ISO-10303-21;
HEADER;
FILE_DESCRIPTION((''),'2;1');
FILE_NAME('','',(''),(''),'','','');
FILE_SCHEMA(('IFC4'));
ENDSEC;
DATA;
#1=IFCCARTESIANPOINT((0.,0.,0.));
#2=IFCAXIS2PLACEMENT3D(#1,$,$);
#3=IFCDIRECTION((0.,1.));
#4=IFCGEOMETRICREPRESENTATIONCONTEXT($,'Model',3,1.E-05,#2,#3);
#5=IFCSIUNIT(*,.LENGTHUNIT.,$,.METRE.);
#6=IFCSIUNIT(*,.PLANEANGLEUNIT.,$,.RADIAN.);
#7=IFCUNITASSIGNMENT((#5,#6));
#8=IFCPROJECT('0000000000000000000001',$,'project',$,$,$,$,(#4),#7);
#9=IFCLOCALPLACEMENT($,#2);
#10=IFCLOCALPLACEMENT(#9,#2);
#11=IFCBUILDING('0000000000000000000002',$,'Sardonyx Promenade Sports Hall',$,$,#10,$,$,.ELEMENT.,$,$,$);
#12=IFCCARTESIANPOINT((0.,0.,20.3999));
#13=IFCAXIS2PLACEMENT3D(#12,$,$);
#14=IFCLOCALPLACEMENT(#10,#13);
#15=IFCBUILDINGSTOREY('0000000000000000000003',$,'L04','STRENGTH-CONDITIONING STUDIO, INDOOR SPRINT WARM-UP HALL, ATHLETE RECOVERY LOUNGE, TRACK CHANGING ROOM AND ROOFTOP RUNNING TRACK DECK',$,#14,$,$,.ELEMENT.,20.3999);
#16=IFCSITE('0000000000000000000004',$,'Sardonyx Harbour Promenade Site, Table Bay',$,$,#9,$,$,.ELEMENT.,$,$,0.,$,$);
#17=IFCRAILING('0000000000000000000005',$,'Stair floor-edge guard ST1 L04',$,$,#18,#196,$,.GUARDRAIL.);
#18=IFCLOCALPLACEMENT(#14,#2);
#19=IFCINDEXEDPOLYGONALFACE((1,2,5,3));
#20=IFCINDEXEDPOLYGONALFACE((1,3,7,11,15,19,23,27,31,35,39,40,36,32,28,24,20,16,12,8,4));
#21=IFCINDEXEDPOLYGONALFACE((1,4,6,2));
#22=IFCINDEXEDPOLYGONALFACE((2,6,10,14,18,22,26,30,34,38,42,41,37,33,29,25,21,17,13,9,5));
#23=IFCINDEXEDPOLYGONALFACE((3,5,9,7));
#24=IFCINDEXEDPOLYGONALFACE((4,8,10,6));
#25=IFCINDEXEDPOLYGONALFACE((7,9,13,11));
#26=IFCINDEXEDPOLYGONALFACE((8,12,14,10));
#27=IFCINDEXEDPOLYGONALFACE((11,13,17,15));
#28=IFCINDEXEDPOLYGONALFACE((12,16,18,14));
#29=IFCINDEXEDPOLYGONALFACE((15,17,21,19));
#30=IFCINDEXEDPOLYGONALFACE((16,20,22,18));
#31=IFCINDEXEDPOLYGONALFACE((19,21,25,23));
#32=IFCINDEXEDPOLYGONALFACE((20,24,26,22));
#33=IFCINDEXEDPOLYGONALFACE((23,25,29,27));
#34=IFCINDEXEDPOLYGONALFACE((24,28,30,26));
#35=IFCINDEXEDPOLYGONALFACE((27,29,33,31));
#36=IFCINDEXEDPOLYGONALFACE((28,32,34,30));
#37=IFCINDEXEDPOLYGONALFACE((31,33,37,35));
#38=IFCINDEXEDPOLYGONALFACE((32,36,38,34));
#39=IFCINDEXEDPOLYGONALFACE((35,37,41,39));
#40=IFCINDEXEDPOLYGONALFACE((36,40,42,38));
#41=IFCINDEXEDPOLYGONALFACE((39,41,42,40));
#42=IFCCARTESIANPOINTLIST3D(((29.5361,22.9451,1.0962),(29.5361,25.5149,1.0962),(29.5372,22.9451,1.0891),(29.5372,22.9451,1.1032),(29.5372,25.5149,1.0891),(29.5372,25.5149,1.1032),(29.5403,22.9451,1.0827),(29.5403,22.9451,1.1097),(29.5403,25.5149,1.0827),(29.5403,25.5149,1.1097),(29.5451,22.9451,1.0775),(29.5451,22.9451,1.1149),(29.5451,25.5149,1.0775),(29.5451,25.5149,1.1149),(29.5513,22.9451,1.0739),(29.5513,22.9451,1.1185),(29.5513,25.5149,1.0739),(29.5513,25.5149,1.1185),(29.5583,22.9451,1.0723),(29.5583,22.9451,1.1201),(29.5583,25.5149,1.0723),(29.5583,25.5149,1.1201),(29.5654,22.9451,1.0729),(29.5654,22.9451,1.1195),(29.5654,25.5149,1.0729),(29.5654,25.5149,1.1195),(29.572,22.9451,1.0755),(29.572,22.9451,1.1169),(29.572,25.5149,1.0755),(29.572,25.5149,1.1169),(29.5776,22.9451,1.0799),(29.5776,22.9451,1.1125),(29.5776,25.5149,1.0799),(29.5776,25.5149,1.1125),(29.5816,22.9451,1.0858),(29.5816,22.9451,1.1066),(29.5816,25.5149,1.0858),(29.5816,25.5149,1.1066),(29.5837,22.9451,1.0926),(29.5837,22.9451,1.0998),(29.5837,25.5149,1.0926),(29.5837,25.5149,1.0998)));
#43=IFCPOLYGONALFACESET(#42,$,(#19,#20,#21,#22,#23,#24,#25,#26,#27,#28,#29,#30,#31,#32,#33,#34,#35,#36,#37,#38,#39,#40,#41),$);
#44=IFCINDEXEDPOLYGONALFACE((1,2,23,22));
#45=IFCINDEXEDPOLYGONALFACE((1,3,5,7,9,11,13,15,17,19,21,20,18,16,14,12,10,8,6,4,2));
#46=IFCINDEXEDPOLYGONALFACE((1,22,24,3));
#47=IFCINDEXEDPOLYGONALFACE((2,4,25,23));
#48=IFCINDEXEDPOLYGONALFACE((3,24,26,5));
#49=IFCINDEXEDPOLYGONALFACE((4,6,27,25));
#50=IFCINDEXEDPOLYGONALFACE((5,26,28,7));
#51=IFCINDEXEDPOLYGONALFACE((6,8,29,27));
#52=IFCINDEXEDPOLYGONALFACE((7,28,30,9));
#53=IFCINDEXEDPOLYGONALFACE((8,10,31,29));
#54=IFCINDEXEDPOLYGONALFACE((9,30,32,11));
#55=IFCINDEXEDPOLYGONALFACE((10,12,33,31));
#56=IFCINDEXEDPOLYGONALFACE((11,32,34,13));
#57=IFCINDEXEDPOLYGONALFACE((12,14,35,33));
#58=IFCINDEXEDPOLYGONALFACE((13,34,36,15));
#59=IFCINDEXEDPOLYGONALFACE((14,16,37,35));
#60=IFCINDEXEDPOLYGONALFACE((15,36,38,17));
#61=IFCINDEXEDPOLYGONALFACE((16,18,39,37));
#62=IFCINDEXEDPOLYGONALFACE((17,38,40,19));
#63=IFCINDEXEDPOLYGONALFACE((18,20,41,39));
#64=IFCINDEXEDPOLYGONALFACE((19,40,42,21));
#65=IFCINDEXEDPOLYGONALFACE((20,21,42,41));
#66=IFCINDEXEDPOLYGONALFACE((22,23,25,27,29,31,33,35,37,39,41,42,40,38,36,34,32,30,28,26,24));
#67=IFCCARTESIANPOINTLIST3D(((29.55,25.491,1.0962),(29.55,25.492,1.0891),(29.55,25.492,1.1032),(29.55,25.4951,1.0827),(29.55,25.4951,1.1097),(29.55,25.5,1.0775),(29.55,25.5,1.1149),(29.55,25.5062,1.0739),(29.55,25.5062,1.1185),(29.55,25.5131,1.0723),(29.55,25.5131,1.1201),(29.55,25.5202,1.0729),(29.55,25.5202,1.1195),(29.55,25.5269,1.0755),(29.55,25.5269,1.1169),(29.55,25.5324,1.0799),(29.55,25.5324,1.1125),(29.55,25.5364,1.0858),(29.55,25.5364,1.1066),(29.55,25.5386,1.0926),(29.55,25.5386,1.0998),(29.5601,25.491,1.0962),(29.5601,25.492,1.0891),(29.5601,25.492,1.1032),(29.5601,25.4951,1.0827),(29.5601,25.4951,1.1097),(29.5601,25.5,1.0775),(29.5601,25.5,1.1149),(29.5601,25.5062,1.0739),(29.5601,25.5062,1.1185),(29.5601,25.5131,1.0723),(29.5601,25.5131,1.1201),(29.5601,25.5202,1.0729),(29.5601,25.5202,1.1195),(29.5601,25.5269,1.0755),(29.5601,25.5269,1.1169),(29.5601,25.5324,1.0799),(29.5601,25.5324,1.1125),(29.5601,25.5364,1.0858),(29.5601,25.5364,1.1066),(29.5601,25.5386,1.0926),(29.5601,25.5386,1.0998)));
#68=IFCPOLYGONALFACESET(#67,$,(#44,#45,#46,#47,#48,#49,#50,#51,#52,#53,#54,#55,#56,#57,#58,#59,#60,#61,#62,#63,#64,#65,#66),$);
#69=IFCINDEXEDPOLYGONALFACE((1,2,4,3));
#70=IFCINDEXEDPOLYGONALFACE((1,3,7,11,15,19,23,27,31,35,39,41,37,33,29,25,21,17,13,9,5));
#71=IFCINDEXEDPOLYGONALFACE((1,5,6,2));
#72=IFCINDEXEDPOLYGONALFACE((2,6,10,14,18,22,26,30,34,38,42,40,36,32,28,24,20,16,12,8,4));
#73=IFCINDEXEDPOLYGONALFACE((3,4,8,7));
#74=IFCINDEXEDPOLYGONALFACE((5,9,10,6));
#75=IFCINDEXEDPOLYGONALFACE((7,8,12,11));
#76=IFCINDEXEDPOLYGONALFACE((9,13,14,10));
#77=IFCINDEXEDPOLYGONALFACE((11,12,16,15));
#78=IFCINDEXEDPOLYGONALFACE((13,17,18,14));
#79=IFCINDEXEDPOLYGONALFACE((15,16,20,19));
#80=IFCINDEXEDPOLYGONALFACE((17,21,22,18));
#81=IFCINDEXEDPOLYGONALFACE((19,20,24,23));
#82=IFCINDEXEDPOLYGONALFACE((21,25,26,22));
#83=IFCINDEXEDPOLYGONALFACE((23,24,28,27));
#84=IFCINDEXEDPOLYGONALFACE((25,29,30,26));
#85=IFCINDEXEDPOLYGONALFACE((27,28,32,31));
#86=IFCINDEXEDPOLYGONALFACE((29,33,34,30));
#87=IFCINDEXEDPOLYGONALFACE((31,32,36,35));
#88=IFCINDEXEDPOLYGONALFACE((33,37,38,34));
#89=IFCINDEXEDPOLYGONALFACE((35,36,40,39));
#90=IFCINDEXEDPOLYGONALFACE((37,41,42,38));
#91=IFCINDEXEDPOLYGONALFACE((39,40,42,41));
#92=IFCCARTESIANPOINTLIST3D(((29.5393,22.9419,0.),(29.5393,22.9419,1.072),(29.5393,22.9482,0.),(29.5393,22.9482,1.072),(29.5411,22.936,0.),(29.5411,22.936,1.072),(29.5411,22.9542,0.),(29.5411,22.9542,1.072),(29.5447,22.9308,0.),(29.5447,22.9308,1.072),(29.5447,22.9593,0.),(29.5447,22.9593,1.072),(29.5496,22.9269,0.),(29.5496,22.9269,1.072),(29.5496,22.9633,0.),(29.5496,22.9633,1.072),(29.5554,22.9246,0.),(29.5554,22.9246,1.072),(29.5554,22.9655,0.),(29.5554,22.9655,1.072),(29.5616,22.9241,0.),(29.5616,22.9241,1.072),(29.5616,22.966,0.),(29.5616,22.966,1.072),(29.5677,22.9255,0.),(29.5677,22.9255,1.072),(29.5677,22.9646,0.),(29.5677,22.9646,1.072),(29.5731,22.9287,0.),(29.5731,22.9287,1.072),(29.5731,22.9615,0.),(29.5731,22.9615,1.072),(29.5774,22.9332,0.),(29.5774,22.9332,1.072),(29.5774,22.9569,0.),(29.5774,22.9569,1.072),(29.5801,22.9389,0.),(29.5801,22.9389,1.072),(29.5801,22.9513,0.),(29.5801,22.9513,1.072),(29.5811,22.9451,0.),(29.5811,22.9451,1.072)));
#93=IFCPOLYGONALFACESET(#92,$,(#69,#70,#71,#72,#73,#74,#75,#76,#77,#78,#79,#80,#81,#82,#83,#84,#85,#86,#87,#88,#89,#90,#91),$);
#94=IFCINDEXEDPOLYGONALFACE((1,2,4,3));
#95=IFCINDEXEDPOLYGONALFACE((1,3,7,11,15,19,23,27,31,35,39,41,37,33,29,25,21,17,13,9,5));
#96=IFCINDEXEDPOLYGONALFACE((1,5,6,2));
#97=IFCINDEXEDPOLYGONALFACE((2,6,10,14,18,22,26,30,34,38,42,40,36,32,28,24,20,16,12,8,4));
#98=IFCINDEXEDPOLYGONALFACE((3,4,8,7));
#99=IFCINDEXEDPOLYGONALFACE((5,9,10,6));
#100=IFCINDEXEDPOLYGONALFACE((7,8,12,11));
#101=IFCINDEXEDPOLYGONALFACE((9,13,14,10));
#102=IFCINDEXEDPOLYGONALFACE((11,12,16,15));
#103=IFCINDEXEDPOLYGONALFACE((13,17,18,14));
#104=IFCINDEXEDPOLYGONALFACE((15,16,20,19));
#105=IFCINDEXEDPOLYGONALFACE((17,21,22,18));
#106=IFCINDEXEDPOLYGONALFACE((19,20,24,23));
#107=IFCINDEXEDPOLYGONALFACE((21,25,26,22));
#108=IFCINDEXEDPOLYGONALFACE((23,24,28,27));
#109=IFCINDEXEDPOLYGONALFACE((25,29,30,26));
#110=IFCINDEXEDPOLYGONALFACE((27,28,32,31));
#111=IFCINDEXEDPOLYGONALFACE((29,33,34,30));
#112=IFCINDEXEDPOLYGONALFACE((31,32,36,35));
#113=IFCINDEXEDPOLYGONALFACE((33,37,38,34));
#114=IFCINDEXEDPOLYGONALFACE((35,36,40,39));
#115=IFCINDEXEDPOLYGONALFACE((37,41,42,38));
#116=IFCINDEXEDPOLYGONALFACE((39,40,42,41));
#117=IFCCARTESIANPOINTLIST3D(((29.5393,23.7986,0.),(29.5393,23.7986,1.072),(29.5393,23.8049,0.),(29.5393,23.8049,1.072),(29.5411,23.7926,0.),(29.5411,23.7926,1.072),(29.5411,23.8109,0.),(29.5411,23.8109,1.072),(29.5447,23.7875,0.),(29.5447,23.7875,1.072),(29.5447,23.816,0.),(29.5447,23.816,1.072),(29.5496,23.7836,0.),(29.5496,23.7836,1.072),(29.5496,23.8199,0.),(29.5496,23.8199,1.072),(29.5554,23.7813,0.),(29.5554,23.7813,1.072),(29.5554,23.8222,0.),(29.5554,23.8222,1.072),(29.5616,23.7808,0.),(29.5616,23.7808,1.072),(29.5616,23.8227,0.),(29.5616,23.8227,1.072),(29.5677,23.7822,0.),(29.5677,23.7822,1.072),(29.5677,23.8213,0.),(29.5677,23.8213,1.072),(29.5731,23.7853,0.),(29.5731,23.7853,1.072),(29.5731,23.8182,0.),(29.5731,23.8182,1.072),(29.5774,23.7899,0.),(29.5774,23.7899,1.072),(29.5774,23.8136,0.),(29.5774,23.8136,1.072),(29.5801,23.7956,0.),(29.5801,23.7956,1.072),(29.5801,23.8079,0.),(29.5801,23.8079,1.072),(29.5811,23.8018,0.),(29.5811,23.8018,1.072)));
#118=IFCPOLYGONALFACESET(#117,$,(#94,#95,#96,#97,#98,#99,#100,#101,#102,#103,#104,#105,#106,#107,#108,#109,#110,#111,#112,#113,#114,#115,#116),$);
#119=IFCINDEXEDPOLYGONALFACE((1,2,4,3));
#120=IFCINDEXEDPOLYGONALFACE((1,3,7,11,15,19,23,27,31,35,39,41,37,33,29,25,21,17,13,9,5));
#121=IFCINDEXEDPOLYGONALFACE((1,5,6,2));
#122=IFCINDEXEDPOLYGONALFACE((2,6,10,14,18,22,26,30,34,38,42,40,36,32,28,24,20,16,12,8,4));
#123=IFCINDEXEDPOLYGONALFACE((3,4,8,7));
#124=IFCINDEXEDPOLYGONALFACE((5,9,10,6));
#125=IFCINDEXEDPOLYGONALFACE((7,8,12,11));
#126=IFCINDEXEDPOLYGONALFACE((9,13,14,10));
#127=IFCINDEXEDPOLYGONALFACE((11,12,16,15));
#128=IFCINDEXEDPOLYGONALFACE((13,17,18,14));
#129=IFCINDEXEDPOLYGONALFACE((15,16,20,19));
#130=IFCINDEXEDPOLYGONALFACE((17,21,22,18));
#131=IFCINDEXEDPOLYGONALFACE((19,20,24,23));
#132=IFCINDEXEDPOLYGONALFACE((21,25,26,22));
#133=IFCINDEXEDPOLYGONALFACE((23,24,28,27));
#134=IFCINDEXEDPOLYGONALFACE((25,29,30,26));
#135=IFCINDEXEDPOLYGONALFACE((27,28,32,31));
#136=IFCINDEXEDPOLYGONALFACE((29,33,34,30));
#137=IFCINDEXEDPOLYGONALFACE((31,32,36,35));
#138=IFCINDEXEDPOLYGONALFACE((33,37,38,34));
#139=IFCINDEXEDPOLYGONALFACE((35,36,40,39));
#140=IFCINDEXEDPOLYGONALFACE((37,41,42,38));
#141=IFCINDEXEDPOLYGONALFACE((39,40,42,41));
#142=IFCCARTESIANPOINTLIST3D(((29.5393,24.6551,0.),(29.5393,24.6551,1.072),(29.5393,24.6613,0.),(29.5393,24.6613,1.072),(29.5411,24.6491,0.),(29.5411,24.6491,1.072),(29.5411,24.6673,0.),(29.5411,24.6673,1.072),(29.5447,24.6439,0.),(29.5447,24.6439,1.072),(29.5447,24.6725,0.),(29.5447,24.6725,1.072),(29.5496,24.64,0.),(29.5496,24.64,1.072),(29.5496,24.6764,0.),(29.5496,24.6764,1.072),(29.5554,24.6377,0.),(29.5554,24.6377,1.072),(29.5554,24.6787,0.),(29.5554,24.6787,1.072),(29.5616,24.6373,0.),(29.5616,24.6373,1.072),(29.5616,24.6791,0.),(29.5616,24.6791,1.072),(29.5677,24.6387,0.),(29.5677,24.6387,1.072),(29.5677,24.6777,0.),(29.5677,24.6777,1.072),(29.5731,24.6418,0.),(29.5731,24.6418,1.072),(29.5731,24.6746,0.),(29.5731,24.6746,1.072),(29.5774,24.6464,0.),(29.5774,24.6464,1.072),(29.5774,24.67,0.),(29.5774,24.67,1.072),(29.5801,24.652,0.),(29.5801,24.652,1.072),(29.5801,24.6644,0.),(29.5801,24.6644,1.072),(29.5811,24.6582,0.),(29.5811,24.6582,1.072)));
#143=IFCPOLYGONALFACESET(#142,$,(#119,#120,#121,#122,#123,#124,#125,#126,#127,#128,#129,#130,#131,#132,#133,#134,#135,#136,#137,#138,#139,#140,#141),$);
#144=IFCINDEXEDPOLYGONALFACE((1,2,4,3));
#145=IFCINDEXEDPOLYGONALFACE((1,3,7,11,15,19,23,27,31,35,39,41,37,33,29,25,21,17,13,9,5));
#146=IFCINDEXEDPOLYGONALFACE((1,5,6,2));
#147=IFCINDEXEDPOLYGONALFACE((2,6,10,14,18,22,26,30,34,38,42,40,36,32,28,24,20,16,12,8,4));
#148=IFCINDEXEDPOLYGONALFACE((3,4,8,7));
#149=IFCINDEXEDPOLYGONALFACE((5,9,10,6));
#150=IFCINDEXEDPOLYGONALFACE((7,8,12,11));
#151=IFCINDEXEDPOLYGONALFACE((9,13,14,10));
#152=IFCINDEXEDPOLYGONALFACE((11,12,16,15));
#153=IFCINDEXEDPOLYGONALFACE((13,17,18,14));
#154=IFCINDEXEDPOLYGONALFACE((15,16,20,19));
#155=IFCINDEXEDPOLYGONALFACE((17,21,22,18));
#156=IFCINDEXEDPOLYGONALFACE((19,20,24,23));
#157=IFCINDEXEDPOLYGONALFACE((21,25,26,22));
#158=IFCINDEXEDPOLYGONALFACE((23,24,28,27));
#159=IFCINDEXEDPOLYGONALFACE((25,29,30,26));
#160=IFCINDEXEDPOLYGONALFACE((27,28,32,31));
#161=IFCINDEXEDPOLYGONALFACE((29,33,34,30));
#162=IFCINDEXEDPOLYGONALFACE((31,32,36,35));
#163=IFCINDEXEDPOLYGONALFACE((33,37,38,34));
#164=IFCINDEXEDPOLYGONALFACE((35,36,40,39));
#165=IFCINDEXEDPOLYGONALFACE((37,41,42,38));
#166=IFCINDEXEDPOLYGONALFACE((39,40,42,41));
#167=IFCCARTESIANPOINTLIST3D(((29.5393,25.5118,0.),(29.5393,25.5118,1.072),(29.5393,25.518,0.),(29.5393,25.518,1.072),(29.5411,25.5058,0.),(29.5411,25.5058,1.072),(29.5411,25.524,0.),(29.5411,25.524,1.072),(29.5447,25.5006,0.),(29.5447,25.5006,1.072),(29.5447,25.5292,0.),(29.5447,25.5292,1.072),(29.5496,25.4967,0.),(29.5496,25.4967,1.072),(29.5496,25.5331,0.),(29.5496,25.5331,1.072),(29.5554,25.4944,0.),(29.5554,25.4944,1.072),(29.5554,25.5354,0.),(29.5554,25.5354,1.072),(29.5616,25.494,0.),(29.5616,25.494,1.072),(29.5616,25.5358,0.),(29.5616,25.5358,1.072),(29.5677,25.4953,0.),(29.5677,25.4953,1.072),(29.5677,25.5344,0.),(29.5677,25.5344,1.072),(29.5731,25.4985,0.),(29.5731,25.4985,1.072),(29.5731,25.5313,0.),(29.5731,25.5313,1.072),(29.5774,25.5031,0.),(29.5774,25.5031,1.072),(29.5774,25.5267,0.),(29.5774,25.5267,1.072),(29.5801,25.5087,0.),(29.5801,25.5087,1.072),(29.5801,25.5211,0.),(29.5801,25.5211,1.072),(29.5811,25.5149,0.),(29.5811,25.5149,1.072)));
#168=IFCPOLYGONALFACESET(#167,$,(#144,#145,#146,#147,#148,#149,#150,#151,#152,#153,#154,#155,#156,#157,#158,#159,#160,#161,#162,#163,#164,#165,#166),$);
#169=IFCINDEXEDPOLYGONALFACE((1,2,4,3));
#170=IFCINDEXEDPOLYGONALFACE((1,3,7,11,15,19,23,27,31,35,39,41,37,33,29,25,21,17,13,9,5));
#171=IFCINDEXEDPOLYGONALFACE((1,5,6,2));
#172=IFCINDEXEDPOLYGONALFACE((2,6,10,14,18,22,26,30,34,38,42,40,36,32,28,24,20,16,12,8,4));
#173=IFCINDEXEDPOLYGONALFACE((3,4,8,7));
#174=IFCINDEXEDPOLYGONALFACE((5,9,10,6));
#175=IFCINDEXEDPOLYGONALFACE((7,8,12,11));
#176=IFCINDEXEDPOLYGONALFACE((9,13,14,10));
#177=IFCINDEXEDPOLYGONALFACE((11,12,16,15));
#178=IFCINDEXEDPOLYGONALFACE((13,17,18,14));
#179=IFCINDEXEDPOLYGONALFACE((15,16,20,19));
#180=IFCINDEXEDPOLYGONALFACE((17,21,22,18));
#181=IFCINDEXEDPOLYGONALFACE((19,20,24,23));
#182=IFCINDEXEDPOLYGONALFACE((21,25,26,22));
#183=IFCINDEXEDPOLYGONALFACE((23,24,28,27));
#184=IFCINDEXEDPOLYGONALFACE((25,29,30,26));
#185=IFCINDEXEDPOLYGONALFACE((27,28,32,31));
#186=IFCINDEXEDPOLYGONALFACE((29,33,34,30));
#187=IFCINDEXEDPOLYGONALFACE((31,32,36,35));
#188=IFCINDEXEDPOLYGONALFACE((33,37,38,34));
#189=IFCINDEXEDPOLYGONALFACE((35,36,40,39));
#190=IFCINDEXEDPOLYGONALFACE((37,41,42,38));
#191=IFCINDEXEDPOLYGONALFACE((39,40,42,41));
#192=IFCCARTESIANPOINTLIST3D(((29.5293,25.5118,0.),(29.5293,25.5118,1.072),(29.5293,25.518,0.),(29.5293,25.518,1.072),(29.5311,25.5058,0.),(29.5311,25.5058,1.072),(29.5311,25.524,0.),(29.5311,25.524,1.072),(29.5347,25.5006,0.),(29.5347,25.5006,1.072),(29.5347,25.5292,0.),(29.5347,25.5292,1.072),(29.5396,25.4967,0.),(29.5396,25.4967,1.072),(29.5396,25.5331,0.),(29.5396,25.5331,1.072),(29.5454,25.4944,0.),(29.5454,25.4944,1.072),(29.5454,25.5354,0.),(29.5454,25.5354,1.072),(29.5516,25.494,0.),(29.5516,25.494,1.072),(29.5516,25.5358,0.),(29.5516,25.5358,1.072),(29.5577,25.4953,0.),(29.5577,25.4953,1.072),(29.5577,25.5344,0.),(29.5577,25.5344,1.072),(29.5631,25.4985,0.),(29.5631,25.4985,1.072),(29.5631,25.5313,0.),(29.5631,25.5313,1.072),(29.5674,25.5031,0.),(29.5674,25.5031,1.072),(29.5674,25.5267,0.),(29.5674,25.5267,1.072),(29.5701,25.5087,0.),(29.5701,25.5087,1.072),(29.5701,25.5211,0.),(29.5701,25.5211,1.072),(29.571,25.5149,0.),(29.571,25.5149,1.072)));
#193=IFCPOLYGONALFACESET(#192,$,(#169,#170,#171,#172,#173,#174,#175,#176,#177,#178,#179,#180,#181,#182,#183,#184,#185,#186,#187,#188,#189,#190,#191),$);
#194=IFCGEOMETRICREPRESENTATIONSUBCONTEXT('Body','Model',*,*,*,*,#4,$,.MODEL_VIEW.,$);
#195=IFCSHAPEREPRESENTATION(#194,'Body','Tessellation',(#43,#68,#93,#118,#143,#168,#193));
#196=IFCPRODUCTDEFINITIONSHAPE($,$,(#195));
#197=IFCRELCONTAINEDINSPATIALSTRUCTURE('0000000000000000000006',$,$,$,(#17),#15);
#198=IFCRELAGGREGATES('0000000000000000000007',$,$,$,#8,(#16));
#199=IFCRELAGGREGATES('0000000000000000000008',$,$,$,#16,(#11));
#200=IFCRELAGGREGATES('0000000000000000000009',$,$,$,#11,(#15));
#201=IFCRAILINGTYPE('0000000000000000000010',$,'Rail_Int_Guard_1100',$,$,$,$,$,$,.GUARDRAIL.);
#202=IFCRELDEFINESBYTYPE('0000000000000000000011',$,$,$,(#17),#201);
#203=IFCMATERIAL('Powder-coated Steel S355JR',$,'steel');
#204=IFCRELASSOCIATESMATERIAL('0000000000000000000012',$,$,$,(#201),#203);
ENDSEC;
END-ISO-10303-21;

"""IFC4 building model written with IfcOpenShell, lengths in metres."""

from ifc_helpers import new_model, si_unit, direction, frame, origin, origin_2d, place, context, subcontext, project, spatial, circle, extrude, material, type_object, element, save


model = new_model("IFC4")

# Units and contexts
model_context = context("Model", 3, precision=1e-05, world=origin(), true_north=direction((0.0, 1.0)))
body_context = subcontext(model_context, "Body", "Model", "MODEL_VIEW")
ifc_project = project(units=[si_unit("LENGTHUNIT", "METRE"), si_unit("PLANEANGLEUNIT", "RADIAN")], contexts=[model_context])

# Site, building, storey
site_placement = place(None, origin())
site = spatial("IfcSite", under=ifc_project, at=site_placement, Name="Sardonyx Harbour Promenade Site, Table Bay", CompositionType="ELEMENT", RefElevation=0.0)
building_placement = place(site_placement, origin())
building = spatial("IfcBuilding", under=site, at=building_placement, Name="Sardonyx Promenade Sports Hall", CompositionType="ELEMENT")
storey_placement = place(building_placement, frame((0.0, 0.0, 20.3999)))
storey = spatial("IfcBuildingStorey", under=building, at=storey_placement, Name="L04", Description="STRENGTH-CONDITIONING STUDIO, INDOOR SPRINT WARM-UP HALL, ATHLETE RECOVERY LOUNGE, TRACK CHANGING ROOM AND ROOFTOP RUNNING TRACK DECK", CompositionType="ELEMENT", Elevation=20.3999)

# Railing
ifc_material_1 = material(Name="Powder-coated Steel S355JR", Category="steel")
railing_type_1 = type_object("IfcRailingType", Name="Rail_Int_Guard_1100", PredefinedType="GUARDRAIL", material=ifc_material_1)
railing_1_placement = place(storey_placement, frame((29.5601, 22.9451, 0.0)))
element("IfcRailing", 1, at=railing_1_placement, inside=storey, type_object=railing_type_1, Name="Stair floor-edge guard ST1 L04", PredefinedType="GUARDRAIL", context=body_context, shape_type="SweptSolid", body=[
    extrude(circle(Radius=0.0239, at=origin_2d()), frame((0.0, 0.0, 1.0962), z_axis=(0.0, 1.0, 0.0), x_axis=(-1.0, 0.0, 0.0)), (0.0, 0.0, 1.0), 2.5698),
    extrude(circle(Radius=0.0239, at=origin_2d()), frame((0.0, 2.5698, 1.0962), z_axis=(-1.0, 0.0, 0.0), x_axis=(0.0, -1.0, 0.0)), (0.0, 0.0, 1.0), 0.01),
    extrude(circle(Radius=0.021, at=origin_2d()), origin(), (0.0, 0.0, 1.0), 1.072),
    extrude(circle(Radius=0.021, at=origin_2d()), frame((0.0, 0.8567, 0.0)), (0.0, 0.0, 1.0), 1.072),
    extrude(circle(Radius=0.021, at=origin_2d()), frame((0.0, 1.7131, 0.0)), (0.0, 0.0, 1.0), 1.072),
    extrude(circle(Radius=0.021, at=origin_2d()), frame((0.0, 2.5698, 0.0)), (0.0, 0.0, 1.0), 1.072),
    extrude(circle(Radius=0.021, at=origin_2d()), frame((-0.01, 2.5698, 0.0)), (0.0, 0.0, 1.0), 1.072),
])

save(model, "model.ifc")
